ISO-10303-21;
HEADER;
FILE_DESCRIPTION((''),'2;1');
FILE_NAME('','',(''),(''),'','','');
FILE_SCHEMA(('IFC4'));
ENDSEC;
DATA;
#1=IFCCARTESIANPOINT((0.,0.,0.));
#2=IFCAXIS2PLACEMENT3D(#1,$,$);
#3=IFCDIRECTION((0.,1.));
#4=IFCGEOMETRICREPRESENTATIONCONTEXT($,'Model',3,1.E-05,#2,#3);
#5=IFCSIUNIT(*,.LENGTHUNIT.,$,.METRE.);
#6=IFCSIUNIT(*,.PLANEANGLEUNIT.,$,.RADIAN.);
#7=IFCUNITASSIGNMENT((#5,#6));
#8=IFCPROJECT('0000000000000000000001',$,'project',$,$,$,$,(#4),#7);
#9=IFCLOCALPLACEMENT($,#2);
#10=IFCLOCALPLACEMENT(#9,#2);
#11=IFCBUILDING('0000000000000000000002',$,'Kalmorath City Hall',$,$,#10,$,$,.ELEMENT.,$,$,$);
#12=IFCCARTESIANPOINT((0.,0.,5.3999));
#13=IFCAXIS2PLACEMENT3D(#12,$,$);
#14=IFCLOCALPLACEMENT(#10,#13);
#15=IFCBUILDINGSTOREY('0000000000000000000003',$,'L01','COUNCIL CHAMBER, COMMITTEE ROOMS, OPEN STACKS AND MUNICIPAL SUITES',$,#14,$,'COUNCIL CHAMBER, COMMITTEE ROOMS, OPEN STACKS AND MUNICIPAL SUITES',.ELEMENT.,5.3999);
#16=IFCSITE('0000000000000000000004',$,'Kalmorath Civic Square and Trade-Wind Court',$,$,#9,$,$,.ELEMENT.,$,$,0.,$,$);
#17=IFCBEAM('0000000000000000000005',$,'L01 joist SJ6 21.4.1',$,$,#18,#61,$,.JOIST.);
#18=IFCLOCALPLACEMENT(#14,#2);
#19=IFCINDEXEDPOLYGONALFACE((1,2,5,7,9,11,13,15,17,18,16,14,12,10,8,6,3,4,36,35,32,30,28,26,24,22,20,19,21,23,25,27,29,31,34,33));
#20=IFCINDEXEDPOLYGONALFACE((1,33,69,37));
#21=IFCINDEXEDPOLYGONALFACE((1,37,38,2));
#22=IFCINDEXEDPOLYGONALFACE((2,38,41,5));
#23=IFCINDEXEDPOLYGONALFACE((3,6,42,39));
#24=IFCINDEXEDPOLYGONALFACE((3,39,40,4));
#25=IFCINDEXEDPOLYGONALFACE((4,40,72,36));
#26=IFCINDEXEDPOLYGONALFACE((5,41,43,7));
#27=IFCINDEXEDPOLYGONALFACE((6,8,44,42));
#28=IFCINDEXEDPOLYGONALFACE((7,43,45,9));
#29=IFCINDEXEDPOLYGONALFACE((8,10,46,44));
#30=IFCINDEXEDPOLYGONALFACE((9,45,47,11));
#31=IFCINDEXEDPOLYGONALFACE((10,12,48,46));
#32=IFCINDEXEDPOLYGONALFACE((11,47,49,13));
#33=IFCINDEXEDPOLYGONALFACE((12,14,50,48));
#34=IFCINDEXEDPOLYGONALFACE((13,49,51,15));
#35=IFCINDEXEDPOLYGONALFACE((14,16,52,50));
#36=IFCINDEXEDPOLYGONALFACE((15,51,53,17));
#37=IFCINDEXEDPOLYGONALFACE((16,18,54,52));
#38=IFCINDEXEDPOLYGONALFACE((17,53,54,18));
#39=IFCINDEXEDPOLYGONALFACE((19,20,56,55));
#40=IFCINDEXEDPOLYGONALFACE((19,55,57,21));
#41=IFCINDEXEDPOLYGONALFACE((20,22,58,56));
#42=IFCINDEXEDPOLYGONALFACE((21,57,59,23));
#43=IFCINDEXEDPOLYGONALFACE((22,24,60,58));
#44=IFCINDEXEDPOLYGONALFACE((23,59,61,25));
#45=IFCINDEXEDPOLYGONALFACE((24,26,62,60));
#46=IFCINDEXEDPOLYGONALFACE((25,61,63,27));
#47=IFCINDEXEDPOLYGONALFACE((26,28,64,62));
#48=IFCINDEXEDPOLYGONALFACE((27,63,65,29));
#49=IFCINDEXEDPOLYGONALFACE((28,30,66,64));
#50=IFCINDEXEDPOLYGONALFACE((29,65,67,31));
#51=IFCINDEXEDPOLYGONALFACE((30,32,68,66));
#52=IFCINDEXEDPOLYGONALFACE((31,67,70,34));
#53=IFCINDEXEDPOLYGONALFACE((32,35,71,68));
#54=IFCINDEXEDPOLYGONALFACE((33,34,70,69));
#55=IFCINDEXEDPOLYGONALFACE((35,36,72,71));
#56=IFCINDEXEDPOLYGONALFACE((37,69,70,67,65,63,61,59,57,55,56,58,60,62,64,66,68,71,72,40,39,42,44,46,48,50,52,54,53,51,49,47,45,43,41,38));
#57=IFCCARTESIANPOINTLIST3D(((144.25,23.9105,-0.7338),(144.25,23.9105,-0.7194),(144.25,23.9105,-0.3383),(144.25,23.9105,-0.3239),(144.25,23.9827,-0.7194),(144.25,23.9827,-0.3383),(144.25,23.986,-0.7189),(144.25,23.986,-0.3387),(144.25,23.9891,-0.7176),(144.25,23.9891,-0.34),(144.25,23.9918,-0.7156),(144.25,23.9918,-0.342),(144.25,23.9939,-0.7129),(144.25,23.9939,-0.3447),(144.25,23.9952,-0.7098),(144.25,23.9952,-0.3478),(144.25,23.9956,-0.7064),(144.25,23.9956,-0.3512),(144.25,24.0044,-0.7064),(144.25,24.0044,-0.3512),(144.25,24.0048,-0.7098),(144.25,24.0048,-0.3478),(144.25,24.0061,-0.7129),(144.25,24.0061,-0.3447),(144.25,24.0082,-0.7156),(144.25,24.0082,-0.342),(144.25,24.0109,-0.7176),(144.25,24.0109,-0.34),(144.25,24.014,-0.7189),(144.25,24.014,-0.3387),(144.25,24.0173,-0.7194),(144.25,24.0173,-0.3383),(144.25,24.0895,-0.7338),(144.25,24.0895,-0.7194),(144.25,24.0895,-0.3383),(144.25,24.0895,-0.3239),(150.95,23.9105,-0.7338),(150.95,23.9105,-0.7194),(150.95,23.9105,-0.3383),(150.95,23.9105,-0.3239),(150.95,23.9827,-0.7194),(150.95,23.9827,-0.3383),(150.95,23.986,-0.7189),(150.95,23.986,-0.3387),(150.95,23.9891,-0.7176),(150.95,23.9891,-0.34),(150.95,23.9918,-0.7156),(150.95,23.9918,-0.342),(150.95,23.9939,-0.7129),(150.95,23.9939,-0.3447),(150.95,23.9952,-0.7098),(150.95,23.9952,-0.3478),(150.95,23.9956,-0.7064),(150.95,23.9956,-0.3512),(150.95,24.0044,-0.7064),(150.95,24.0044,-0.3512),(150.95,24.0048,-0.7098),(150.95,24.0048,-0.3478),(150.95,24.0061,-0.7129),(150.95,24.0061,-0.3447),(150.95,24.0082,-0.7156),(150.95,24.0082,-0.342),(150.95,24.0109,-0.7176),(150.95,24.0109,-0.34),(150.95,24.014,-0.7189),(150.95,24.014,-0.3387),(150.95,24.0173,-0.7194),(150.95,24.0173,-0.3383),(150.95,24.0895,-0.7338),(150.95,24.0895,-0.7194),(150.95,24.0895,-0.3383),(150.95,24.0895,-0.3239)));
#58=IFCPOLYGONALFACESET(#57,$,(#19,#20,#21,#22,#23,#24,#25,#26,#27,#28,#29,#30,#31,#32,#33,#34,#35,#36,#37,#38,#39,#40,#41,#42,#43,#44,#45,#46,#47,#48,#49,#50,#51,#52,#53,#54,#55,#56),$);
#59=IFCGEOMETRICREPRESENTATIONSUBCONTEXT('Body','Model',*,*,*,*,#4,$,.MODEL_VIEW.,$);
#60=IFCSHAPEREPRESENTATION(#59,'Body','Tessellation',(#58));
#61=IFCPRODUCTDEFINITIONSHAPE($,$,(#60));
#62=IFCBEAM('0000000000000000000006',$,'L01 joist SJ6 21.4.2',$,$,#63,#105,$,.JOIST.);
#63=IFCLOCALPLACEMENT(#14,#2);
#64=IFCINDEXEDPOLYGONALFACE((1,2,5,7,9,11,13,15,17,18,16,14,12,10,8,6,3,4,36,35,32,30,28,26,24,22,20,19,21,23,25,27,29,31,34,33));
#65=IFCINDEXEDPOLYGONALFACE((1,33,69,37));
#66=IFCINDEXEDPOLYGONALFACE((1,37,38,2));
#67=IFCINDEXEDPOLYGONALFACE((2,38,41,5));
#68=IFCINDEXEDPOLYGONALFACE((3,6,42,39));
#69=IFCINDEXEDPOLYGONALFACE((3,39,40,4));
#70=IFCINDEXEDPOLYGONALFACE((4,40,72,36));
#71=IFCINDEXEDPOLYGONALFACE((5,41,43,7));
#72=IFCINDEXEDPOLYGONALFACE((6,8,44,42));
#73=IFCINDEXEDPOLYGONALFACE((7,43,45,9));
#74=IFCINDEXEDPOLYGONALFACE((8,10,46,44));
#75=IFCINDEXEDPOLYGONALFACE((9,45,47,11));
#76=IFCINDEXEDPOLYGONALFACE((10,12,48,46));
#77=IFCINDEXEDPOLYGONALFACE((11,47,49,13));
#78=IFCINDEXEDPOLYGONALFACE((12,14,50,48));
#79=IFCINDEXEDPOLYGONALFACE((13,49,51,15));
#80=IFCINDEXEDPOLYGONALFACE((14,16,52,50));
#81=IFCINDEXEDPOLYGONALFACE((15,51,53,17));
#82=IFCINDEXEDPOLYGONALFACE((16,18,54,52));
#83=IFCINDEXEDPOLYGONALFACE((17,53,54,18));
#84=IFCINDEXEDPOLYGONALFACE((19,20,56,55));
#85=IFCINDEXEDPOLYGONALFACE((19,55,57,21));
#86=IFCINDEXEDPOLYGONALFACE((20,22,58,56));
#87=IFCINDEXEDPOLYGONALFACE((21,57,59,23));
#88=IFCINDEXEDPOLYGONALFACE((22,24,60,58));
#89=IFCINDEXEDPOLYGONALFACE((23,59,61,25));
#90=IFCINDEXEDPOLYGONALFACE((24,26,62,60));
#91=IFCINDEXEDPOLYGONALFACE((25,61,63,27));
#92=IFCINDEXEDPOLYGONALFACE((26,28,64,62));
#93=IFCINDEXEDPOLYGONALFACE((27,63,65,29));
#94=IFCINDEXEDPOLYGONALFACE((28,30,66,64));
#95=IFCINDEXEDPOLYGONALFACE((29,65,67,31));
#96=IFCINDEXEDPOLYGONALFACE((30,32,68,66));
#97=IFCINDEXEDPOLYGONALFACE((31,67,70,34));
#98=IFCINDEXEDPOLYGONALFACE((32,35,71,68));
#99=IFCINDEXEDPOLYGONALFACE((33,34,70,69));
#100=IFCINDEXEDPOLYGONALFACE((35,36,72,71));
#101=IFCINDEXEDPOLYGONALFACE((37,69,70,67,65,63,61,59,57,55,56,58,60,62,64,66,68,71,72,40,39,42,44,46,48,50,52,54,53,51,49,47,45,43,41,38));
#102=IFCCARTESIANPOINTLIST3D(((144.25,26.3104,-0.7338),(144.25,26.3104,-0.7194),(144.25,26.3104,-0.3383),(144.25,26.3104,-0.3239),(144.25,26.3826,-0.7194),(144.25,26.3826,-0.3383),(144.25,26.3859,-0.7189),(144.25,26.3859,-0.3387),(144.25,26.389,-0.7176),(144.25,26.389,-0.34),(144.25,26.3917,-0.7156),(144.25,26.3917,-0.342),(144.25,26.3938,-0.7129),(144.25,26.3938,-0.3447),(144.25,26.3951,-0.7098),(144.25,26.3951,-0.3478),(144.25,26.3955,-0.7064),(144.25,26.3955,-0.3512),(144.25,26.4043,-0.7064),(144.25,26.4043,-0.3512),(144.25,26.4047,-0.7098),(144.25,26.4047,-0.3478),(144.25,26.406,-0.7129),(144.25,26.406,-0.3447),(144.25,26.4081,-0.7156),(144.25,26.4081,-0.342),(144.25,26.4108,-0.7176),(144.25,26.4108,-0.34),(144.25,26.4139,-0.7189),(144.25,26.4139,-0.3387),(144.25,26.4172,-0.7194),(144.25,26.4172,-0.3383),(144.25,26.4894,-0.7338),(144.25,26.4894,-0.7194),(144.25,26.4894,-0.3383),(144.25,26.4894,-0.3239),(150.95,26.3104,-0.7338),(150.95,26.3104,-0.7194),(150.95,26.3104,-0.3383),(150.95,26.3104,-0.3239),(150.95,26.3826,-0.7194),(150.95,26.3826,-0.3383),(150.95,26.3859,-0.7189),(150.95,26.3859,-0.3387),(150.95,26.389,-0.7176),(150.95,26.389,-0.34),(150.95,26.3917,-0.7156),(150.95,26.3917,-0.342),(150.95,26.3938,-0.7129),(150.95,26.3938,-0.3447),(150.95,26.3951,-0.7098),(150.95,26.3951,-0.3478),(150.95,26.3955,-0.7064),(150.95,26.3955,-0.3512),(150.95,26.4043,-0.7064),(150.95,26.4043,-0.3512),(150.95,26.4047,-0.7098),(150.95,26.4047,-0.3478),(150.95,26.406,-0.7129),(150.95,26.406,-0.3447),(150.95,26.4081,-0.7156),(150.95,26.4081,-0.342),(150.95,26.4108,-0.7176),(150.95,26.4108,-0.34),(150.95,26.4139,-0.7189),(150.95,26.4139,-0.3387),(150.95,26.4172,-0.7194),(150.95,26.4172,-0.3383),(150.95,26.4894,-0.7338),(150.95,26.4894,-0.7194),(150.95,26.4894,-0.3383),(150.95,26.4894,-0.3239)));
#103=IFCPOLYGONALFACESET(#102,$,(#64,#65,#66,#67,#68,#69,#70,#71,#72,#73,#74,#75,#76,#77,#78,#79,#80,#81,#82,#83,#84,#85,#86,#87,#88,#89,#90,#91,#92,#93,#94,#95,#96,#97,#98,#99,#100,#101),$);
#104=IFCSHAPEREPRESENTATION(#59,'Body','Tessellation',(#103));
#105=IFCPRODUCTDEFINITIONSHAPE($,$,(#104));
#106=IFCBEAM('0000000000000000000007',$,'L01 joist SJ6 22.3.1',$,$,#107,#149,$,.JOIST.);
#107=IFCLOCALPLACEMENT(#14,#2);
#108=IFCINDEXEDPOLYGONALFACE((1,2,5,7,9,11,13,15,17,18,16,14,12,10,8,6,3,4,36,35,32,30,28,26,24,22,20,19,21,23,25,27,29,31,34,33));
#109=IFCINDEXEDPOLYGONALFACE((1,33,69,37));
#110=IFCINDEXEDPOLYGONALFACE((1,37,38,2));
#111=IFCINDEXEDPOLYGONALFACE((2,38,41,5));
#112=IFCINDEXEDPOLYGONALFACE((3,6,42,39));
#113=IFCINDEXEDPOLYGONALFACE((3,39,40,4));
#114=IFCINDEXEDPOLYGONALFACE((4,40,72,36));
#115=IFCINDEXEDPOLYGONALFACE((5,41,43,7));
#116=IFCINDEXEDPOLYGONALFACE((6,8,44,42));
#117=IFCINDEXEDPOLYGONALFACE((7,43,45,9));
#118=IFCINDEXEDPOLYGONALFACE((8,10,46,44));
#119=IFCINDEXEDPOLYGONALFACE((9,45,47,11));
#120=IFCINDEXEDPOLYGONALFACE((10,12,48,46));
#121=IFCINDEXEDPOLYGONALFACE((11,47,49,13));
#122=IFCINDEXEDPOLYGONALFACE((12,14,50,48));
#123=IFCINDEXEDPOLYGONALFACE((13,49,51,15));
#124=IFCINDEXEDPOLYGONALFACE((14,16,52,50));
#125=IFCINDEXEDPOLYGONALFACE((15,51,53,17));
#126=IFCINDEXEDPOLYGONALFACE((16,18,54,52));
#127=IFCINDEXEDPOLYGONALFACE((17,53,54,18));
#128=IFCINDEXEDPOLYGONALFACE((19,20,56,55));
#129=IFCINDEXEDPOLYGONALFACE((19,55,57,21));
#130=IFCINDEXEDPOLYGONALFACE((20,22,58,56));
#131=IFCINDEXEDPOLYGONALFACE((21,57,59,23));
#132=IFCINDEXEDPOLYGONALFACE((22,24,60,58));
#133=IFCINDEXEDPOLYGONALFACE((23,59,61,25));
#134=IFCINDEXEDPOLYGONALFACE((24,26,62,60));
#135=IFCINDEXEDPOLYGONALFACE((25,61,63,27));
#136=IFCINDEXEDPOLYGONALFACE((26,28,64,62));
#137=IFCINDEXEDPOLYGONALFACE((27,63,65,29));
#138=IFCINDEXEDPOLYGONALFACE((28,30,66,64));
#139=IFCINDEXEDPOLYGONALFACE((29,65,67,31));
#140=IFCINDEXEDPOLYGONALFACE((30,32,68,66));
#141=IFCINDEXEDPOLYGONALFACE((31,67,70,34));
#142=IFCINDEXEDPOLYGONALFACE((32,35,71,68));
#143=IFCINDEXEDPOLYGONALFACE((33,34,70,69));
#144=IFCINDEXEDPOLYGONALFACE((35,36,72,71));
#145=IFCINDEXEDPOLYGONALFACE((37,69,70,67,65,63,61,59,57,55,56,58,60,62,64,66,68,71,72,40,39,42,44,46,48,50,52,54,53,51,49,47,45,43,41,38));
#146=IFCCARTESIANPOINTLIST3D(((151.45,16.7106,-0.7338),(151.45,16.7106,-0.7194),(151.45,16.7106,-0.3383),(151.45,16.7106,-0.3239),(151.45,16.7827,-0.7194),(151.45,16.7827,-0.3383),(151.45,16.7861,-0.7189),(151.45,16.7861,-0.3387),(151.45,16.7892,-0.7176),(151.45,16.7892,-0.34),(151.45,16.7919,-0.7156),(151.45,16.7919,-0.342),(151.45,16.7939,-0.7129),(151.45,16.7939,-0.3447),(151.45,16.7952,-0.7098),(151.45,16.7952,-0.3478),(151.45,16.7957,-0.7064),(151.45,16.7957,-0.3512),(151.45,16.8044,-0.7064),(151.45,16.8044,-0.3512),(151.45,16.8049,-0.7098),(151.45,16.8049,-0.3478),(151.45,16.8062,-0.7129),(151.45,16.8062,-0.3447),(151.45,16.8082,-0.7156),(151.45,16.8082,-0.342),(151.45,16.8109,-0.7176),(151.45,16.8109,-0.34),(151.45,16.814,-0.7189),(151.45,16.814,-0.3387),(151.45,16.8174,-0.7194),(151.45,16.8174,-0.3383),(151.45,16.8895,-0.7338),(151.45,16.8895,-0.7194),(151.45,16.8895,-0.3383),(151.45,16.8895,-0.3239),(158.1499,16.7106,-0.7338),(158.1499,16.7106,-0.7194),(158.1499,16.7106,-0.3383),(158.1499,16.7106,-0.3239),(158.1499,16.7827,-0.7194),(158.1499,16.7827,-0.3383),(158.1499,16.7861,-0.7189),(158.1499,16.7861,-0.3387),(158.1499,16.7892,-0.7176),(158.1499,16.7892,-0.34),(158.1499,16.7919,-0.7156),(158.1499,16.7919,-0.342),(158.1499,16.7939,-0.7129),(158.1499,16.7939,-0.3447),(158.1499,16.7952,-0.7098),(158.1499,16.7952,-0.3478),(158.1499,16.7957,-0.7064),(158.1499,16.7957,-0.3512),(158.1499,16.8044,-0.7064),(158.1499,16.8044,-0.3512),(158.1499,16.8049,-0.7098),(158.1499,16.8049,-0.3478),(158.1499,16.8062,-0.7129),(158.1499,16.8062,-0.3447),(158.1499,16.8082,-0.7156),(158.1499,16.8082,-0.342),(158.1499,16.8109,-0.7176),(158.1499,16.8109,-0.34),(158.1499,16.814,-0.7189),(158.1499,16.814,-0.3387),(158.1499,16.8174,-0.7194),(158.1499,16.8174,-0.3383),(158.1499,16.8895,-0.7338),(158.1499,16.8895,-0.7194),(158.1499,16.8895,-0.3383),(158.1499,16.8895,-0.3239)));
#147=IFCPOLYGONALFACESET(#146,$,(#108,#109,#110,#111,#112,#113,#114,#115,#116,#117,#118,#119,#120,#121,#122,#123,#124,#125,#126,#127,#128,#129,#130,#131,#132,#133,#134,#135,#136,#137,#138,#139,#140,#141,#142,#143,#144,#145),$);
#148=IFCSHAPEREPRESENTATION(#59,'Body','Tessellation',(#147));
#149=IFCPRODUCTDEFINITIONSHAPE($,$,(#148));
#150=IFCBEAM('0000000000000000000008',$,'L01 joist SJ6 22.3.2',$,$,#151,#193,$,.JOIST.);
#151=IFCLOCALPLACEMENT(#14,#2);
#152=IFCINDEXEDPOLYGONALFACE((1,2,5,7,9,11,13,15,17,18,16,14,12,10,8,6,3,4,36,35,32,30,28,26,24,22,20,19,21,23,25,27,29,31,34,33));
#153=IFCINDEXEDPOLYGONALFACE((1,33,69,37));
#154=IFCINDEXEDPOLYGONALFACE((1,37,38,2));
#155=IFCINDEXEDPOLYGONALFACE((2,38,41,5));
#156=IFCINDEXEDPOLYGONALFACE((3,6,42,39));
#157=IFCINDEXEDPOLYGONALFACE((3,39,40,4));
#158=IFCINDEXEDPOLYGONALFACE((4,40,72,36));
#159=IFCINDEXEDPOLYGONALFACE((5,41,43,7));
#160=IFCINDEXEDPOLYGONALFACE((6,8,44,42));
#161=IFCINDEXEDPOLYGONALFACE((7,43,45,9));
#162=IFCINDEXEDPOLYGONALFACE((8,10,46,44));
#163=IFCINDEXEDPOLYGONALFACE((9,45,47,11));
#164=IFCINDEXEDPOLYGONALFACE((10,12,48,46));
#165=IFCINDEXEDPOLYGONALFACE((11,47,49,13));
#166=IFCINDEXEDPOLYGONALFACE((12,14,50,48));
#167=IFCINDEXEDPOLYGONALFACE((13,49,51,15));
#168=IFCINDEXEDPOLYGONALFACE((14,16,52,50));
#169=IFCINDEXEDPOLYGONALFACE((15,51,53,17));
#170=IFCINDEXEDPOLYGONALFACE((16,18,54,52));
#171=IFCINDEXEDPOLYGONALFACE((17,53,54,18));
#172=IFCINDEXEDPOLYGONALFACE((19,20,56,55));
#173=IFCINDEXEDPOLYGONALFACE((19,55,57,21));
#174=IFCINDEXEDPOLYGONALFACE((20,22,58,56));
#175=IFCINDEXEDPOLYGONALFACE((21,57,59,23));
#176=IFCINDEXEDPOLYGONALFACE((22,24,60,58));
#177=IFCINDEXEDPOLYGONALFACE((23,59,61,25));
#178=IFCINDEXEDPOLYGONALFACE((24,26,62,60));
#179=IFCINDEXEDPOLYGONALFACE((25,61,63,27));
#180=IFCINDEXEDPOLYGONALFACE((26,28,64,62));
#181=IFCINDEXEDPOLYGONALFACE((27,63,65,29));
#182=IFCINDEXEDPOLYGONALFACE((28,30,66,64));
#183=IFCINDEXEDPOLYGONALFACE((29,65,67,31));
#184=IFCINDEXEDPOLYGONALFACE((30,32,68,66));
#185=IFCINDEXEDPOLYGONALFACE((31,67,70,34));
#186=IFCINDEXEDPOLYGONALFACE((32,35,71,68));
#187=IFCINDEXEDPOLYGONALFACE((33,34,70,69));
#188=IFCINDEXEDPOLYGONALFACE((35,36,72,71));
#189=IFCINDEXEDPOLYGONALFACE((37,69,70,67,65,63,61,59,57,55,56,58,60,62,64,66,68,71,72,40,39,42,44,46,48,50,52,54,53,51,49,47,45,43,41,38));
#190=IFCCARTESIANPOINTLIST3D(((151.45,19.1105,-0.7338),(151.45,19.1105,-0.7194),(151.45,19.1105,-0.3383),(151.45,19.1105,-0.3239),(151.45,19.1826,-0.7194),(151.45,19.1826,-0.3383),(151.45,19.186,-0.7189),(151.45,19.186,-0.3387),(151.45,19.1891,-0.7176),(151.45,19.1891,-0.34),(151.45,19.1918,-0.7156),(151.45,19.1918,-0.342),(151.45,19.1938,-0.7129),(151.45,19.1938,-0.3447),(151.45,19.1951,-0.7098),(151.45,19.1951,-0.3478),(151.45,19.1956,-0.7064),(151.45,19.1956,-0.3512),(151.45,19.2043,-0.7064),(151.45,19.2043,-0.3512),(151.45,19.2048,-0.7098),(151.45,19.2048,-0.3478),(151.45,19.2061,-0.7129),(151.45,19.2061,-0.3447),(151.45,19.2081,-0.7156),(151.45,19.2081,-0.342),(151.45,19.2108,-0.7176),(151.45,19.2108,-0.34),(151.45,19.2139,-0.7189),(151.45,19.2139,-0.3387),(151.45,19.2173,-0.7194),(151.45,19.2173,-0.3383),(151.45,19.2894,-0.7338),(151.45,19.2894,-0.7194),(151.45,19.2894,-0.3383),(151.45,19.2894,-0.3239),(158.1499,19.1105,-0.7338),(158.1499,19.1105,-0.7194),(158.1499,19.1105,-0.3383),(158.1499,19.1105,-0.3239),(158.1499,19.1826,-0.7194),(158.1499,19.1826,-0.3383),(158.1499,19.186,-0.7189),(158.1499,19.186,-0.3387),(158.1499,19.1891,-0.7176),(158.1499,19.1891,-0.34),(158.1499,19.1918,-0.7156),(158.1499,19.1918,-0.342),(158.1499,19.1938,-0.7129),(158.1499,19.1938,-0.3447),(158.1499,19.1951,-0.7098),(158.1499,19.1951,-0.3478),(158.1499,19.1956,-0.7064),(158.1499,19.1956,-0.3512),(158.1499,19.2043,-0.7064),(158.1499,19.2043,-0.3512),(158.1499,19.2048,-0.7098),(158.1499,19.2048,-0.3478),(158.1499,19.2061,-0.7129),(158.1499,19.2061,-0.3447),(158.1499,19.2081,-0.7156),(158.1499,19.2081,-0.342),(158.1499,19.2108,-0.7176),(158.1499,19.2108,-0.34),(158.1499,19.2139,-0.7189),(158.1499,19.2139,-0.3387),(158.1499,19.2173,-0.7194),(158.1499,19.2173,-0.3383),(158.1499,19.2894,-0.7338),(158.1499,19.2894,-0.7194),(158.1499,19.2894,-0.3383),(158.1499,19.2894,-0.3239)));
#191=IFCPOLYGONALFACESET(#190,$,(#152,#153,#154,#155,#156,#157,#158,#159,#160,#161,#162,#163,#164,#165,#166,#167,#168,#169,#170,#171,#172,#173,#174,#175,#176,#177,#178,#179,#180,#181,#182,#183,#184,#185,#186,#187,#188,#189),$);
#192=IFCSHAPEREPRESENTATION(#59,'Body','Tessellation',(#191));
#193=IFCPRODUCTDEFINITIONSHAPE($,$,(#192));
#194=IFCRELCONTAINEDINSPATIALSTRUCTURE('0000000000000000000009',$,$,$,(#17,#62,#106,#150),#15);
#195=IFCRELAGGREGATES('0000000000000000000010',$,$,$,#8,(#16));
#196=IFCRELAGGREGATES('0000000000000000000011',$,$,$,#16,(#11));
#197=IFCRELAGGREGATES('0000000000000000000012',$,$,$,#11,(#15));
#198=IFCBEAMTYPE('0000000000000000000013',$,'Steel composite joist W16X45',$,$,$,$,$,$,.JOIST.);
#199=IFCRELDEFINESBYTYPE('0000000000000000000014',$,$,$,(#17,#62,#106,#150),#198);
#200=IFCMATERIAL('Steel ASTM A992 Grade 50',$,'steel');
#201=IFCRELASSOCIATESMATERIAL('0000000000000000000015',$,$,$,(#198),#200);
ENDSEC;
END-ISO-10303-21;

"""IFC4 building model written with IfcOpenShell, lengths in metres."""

from ifc_helpers import new_model, si_unit, direction, frame, origin, origin_2d, place, context, subcontext, project, spatial, i_section, extrude, material, material_profile, profile_set, type_object, element, save


model = new_model("IFC4")

# Units and contexts
model_context = context("Model", 3, precision=1e-05, world=origin(), true_north=direction((0.0, 1.0)))
body_context = subcontext(model_context, "Body", "Model", "MODEL_VIEW")
ifc_project = project(units=[si_unit("LENGTHUNIT", "METRE"), si_unit("PLANEANGLEUNIT", "RADIAN")], contexts=[model_context])

# Site, building, storey
site_placement = place(None, origin())
site = spatial("IfcSite", under=ifc_project, at=site_placement, Name="Kalmorath Civic Square and Trade-Wind Court", CompositionType="ELEMENT", RefElevation=0.0)
building_placement = place(site_placement, origin())
building = spatial("IfcBuilding", under=site, at=building_placement, Name="Kalmorath City Hall", CompositionType="ELEMENT")
storey_placement = place(building_placement, frame((0.0, 0.0, 5.3999)))
storey = spatial("IfcBuildingStorey", under=building, at=storey_placement, Name="L01", Description="COUNCIL CHAMBER, COMMITTEE ROOMS, OPEN STACKS AND MUNICIPAL SUITES", LongName="COUNCIL CHAMBER, COMMITTEE ROOMS, OPEN STACKS AND MUNICIPAL SUITES", CompositionType="ELEMENT", Elevation=5.3999)

# Beams
ifc_material_1 = material(Name="Steel ASTM A992 Grade 50", Category="steel")
ifc_material_profile_1 = material_profile(ifc_material_1, i_section(OverallWidth=0.179, OverallDepth=0.4099, WebThickness=0.0088, FlangeThickness=0.0144, FilletRadius=0.0129, at=origin_2d()), Name="W16X45")
ifc_profile_set_1 = profile_set([ifc_material_profile_1], Name="Steel ASTM A992 Grade 50")
beam_type_1 = type_object("IfcBeamType", Name="Steel composite joist W16X45", PredefinedType="JOIST", material=ifc_profile_set_1)
for number, where, z_axis, x_axis, name in (
    (1, (144.25, 24.0, -0.5288), (1.0, 0.0, 0.0), (0.0, 1.0, 0.0), "L01 joist SJ6 21.4.1"),
    (2, (144.25, 26.3999, -0.5288), (1.0, 0.0, 0.0), (0.0, 1.0, 0.0), "L01 joist SJ6 21.4.2"),
    (3, (151.45, 16.8, -0.5288), (1.0, 0.0, 0.0), (0.0, 1.0, 0.0), "L01 joist SJ6 22.3.1"),
    (4, (151.45, 19.2, -0.5288), (1.0, 0.0, 0.0), (0.0, 1.0, 0.0), "L01 joist SJ6 22.3.2"),
):
    element("IfcBeam", number, at=place(storey_placement, frame(where, z_axis=z_axis, x_axis=x_axis)), inside=storey, type_object=beam_type_1, Name=name, PredefinedType="JOIST", context=body_context, shape_type="SweptSolid", body=[
        extrude(i_section(OverallWidth=0.179, OverallDepth=0.4099, WebThickness=0.0088, FlangeThickness=0.0144, FilletRadius=0.0129, at=origin_2d()), origin(), (0.0, 0.0, 1.0), 6.7),
    ])

save(model, "model.ifc")
